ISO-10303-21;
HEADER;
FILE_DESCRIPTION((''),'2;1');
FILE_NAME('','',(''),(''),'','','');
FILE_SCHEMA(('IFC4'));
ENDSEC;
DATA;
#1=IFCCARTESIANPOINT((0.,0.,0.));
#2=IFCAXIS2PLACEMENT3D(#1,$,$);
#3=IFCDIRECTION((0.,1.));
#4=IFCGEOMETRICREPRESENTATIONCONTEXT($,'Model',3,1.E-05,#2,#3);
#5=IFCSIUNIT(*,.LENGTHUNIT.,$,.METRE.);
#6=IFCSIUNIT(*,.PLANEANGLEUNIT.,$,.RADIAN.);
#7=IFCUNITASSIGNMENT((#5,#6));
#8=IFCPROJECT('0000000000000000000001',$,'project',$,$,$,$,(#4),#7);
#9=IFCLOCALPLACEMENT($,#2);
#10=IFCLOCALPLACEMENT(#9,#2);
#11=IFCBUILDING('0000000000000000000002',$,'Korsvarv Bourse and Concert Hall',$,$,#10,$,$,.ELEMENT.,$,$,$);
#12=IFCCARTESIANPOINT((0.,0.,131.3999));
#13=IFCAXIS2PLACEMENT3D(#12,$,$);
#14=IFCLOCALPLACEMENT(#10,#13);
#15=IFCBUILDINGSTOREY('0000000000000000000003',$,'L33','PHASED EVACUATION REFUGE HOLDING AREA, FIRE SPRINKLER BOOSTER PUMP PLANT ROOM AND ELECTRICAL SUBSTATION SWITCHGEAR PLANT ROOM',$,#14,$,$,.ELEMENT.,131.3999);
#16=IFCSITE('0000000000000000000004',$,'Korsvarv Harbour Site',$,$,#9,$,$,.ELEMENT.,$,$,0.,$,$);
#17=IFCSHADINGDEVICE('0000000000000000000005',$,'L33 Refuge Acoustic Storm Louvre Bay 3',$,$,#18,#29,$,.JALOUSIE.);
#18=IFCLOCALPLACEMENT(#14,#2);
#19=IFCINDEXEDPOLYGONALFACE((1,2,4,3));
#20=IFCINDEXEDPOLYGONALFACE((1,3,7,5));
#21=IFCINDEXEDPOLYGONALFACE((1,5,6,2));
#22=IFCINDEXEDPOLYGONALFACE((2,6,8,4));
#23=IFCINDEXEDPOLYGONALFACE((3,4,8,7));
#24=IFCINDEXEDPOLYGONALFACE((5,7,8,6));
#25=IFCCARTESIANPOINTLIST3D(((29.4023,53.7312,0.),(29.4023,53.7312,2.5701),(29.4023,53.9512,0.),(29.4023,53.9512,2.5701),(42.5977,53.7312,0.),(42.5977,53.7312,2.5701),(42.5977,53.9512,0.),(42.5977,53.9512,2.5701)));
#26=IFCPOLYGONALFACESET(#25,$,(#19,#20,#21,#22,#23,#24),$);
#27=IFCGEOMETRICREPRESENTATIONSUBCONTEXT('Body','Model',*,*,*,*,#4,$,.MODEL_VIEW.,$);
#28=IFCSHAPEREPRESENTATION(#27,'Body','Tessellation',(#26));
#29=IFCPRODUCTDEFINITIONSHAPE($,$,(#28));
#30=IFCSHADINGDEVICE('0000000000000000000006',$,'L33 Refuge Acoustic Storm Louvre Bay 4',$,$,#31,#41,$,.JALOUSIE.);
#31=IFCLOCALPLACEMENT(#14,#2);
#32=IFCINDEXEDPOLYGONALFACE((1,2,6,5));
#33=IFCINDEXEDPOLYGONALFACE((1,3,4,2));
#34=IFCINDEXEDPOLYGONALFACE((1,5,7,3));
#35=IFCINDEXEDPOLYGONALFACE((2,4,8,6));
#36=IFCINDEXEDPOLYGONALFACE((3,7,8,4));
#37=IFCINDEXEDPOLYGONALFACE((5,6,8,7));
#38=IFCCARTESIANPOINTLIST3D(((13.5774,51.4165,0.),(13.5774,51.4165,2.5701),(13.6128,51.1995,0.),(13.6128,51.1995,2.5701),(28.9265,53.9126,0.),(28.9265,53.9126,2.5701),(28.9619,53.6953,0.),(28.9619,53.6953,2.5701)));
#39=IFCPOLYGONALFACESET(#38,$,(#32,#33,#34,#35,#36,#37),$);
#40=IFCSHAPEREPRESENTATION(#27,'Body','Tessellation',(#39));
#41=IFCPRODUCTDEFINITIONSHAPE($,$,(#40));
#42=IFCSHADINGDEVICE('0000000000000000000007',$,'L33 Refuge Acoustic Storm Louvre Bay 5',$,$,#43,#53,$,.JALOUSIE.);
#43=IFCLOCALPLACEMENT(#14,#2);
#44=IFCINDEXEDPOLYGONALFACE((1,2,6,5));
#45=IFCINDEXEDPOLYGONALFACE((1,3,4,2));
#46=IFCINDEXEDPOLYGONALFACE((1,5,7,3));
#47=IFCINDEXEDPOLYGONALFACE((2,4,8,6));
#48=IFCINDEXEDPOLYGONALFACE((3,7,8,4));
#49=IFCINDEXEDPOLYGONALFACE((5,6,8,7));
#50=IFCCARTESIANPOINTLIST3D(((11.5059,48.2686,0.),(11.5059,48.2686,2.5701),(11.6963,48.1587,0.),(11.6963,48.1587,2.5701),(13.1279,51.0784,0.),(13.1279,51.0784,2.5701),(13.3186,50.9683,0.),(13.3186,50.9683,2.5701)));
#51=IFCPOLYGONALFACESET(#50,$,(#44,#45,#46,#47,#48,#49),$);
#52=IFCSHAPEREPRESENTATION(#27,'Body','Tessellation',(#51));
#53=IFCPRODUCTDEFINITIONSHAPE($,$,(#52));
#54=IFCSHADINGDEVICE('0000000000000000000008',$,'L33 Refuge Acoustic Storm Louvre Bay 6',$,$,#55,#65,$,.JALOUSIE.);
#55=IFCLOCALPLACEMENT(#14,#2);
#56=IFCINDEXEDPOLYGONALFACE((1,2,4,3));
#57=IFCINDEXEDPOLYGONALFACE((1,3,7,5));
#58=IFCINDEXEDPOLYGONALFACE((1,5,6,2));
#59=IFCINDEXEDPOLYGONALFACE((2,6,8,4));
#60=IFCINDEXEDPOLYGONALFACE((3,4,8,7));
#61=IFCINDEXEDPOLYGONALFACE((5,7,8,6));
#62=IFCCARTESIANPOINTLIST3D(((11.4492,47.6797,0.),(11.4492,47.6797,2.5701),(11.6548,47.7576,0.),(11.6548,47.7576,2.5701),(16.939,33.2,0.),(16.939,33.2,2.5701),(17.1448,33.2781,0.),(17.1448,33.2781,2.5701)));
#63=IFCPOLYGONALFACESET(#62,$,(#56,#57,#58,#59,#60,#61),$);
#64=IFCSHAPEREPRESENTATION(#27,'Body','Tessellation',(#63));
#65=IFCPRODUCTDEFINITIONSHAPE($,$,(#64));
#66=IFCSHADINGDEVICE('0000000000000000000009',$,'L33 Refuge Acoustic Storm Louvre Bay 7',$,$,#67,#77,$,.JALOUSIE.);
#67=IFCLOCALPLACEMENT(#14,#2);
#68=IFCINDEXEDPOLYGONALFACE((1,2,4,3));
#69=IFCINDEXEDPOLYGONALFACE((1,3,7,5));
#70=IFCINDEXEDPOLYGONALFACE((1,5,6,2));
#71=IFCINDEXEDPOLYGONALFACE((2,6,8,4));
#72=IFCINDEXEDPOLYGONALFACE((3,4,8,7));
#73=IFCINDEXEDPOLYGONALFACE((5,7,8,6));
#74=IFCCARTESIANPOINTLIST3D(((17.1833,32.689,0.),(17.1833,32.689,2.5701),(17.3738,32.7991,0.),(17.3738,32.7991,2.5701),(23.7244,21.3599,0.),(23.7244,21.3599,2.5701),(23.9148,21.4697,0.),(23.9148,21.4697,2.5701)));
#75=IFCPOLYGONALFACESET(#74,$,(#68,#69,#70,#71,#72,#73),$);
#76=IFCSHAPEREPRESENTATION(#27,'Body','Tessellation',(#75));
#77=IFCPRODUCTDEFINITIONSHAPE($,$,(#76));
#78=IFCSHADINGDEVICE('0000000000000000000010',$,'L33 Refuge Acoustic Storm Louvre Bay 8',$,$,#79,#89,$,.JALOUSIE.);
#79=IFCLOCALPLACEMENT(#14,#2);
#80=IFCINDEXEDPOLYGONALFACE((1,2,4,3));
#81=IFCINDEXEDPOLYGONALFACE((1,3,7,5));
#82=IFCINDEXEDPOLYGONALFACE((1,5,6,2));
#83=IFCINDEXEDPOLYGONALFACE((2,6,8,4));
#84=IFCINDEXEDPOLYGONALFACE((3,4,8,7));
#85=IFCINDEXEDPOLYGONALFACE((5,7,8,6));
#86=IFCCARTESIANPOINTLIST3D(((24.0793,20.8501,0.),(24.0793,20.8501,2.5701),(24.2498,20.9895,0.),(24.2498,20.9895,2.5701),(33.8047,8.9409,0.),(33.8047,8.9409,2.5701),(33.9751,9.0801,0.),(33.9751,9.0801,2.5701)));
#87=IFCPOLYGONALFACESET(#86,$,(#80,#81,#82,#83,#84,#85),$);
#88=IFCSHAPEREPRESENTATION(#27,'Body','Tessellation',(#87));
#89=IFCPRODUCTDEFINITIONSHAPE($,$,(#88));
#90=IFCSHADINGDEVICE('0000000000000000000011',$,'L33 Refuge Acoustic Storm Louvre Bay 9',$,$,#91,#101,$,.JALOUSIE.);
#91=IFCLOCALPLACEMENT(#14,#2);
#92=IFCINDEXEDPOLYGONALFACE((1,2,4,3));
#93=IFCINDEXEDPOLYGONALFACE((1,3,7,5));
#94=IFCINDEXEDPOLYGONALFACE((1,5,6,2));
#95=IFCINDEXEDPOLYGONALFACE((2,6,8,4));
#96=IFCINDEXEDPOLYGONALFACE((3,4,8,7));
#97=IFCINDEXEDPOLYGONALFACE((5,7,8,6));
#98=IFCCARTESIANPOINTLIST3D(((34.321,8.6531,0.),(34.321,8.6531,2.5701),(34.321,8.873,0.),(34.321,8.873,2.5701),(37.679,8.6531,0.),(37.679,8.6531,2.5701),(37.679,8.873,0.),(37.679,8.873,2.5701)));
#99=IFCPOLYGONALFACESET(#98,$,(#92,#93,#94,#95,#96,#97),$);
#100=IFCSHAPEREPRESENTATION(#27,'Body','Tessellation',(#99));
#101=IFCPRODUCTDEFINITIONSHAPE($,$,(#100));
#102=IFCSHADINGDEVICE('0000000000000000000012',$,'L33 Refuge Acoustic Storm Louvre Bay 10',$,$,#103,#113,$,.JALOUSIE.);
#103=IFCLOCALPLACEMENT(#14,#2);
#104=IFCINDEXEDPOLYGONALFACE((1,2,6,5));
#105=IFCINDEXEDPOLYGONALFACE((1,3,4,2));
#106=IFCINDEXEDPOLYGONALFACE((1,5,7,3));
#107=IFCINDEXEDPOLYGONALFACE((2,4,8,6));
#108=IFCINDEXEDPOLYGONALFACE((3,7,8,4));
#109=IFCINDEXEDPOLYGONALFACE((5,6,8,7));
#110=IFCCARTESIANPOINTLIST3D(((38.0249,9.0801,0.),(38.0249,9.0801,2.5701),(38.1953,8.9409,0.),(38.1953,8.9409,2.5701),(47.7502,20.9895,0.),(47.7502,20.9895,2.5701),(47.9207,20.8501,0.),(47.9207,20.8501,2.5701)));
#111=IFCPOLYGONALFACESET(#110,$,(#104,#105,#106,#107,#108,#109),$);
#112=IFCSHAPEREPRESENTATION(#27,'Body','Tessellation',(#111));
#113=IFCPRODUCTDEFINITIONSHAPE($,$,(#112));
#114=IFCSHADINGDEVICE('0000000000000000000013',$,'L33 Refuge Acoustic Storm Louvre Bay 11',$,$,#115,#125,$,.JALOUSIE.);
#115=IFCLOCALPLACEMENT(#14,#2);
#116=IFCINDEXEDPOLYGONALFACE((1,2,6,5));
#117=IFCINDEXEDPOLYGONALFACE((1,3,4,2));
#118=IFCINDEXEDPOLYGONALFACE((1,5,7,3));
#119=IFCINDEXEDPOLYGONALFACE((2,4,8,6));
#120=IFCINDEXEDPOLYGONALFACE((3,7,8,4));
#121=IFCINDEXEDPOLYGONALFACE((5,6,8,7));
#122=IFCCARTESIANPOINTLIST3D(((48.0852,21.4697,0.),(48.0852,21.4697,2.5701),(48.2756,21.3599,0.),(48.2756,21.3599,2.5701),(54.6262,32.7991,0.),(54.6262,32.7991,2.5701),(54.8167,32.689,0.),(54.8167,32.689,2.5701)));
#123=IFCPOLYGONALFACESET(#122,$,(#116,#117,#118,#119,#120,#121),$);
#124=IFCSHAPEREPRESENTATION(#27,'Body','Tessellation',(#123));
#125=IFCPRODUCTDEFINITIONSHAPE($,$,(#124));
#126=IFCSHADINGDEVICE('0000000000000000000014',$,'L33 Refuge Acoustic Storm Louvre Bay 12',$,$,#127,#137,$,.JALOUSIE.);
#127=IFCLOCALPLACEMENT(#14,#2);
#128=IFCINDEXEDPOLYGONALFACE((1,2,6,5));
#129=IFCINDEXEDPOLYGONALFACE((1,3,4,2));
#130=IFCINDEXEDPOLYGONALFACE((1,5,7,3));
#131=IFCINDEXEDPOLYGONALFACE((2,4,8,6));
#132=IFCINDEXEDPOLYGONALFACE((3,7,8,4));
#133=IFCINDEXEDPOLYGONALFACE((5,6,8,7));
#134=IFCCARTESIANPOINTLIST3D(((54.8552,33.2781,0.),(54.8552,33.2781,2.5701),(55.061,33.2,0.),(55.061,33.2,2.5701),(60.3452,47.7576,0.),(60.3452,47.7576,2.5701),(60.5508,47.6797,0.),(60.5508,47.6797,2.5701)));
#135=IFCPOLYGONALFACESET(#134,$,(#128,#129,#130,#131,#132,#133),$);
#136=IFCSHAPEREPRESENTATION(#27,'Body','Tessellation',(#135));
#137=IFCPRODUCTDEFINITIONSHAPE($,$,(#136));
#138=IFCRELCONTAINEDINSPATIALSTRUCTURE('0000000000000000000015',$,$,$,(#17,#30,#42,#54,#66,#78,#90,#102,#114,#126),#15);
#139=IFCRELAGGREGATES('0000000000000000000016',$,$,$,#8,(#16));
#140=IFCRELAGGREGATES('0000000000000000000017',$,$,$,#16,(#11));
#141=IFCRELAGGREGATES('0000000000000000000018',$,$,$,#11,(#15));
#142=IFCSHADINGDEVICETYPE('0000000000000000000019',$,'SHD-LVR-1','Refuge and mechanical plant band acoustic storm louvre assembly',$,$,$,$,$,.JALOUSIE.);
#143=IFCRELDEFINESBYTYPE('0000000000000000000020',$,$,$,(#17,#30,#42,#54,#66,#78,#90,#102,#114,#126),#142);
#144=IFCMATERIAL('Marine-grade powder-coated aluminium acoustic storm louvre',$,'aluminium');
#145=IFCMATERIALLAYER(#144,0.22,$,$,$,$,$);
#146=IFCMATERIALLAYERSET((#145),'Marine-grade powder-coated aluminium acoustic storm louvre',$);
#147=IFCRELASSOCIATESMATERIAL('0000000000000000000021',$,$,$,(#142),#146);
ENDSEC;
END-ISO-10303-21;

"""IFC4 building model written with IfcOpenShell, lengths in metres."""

from ifc_helpers import new_model, si_unit, direction, frame, origin, place, context, subcontext, project, spatial, polyline, outline, extrude, material, layer, layer_set, type_object, element, save


model = new_model("IFC4")

# Units and contexts
model_context = context("Model", 3, precision=1e-05, world=origin(), true_north=direction((0.0, 1.0)))
body_context = subcontext(model_context, "Body", "Model", "MODEL_VIEW")
ifc_project = project(units=[si_unit("LENGTHUNIT", "METRE"), si_unit("PLANEANGLEUNIT", "RADIAN")], contexts=[model_context])

# Site, building, storey
site_placement = place(None, origin())
site = spatial("IfcSite", under=ifc_project, at=site_placement, Name="Korsvarv Harbour Site", CompositionType="ELEMENT", RefElevation=0.0)
building_placement = place(site_placement, origin())
building = spatial("IfcBuilding", under=site, at=building_placement, Name="Korsvarv Bourse and Concert Hall", CompositionType="ELEMENT")
storey_placement = place(building_placement, frame((0.0, 0.0, 131.3999)))
storey = spatial("IfcBuildingStorey", under=building, at=storey_placement, Name="L33", Description="PHASED EVACUATION REFUGE HOLDING AREA, FIRE SPRINKLER BOOSTER PUMP PLANT ROOM AND ELECTRICAL SUBSTATION SWITCHGEAR PLANT ROOM", CompositionType="ELEMENT", Elevation=131.3999)

# Shading devices
ifc_material_1 = material(Name="Marine-grade powder-coated aluminium acoustic storm louvre", Category="aluminium")
ifc_layer_1 = layer(ifc_material_1, 0.22)
ifc_layer_set_1 = layer_set([ifc_layer_1], Name="Marine-grade powder-coated aluminium acoustic storm louvre")
shading_device_type = type_object("IfcShadingDeviceType", Name="SHD-LVR-1", Description="Refuge and mechanical plant band acoustic storm louvre assembly", PredefinedType="JALOUSIE", material=ifc_layer_set_1)
shading_device_1_placement = place(storey_placement, origin())
element("IfcShadingDevice", 1, at=shading_device_1_placement, inside=storey, type_object=shading_device_type, Name="L33 Refuge Acoustic Storm Louvre Bay 3", PredefinedType="JALOUSIE", context=body_context, shape_type="SweptSolid", body=[
    extrude(outline(polyline([(42.5977, 53.7312), (29.4023, 53.7312), (29.4023, 53.9512), (42.5977, 53.9512), (42.5977, 53.7312)])), origin(), (0.0, 0.0, 1.0), 2.5701),
])
shading_device_2_placement = place(storey_placement, origin())
element("IfcShadingDevice", 2, at=shading_device_2_placement, inside=storey, type_object=shading_device_type, Name="L33 Refuge Acoustic Storm Louvre Bay 4", PredefinedType="JALOUSIE", context=body_context, shape_type="SweptSolid", body=[
    extrude(outline(polyline([(28.9619, 53.6953), (13.6128, 51.1995), (13.5774, 51.4165), (28.9265, 53.9126), (28.9619, 53.6953)])), origin(), (0.0, 0.0, 1.0), 2.5701),
])
shading_device_3_placement = place(storey_placement, origin())
element("IfcShadingDevice", 3, at=shading_device_3_placement, inside=storey, type_object=shading_device_type, Name="L33 Refuge Acoustic Storm Louvre Bay 5", PredefinedType="JALOUSIE", context=body_context, shape_type="SweptSolid", body=[
    extrude(outline(polyline([(13.3186, 50.9683), (11.6963, 48.1587), (11.5059, 48.2686), (13.1279, 51.0784), (13.3186, 50.9683)])), origin(), (0.0, 0.0, 1.0), 2.5701),
])
shading_device_4_placement = place(storey_placement, origin())
element("IfcShadingDevice", 4, at=shading_device_4_placement, inside=storey, type_object=shading_device_type, Name="L33 Refuge Acoustic Storm Louvre Bay 6", PredefinedType="JALOUSIE", context=body_context, shape_type="SweptSolid", body=[
    extrude(outline(polyline([(11.6548, 47.7576), (17.1448, 33.2781), (16.939, 33.2), (11.4492, 47.6797), (11.6548, 47.7576)])), origin(), (0.0, 0.0, 1.0), 2.5701),
])
shading_device_5_placement = place(storey_placement, origin())
element("IfcShadingDevice", 5, at=shading_device_5_placement, inside=storey, type_object=shading_device_type, Name="L33 Refuge Acoustic Storm Louvre Bay 7", PredefinedType="JALOUSIE", context=body_context, shape_type="SweptSolid", body=[
    extrude(outline(polyline([(17.3738, 32.7991), (23.9148, 21.4697), (23.7244, 21.3599), (17.1833, 32.689), (17.3738, 32.7991)])), origin(), (0.0, 0.0, 1.0), 2.5701),
])
shading_device_6_placement = place(storey_placement, origin())
element("IfcShadingDevice", 6, at=shading_device_6_placement, inside=storey, type_object=shading_device_type, Name="L33 Refuge Acoustic Storm Louvre Bay 8", PredefinedType="JALOUSIE", context=body_context, shape_type="SweptSolid", body=[
    extrude(outline(polyline([(24.2498, 20.9895), (33.9751, 9.0801), (33.8047, 8.9409), (24.0793, 20.8501), (24.2498, 20.9895)])), origin(), (0.0, 0.0, 1.0), 2.5701),
])
shading_device_7_placement = place(storey_placement, origin())
element("IfcShadingDevice", 7, at=shading_device_7_placement, inside=storey, type_object=shading_device_type, Name="L33 Refuge Acoustic Storm Louvre Bay 9", PredefinedType="JALOUSIE", context=body_context, shape_type="SweptSolid", body=[
    extrude(outline(polyline([(34.321, 8.873), (37.679, 8.873), (37.679, 8.6531), (34.321, 8.6531), (34.321, 8.873)])), origin(), (0.0, 0.0, 1.0), 2.5701),
])
shading_device_8_placement = place(storey_placement, origin())
element("IfcShadingDevice", 8, at=shading_device_8_placement, inside=storey, type_object=shading_device_type, Name="L33 Refuge Acoustic Storm Louvre Bay 10", PredefinedType="JALOUSIE", context=body_context, shape_type="SweptSolid", body=[
    extrude(outline(polyline([(38.0249, 9.0801), (47.7502, 20.9895), (47.9207, 20.8501), (38.1953, 8.9409), (38.0249, 9.0801)])), origin(), (0.0, 0.0, 1.0), 2.5701),
])
shading_device_9_placement = place(storey_placement, origin())
element("IfcShadingDevice", 9, at=shading_device_9_placement, inside=storey, type_object=shading_device_type, Name="L33 Refuge Acoustic Storm Louvre Bay 11", PredefinedType="JALOUSIE", context=body_context, shape_type="SweptSolid", body=[
    extrude(outline(polyline([(48.0852, 21.4697), (54.6262, 32.7991), (54.8167, 32.689), (48.2756, 21.3599), (48.0852, 21.4697)])), origin(), (0.0, 0.0, 1.0), 2.5701),
])
shading_device_10_placement = place(storey_placement, origin())
element("IfcShadingDevice", 10, at=shading_device_10_placement, inside=storey, type_object=shading_device_type, Name="L33 Refuge Acoustic Storm Louvre Bay 12", PredefinedType="JALOUSIE", context=body_context, shape_type="SweptSolid", body=[
    extrude(outline(polyline([(54.8552, 33.2781), (60.3452, 47.7576), (60.5508, 47.6797), (55.061, 33.2), (54.8552, 33.2781)])), origin(), (0.0, 0.0, 1.0), 2.5701),
])

save(model, "model.ifc")
